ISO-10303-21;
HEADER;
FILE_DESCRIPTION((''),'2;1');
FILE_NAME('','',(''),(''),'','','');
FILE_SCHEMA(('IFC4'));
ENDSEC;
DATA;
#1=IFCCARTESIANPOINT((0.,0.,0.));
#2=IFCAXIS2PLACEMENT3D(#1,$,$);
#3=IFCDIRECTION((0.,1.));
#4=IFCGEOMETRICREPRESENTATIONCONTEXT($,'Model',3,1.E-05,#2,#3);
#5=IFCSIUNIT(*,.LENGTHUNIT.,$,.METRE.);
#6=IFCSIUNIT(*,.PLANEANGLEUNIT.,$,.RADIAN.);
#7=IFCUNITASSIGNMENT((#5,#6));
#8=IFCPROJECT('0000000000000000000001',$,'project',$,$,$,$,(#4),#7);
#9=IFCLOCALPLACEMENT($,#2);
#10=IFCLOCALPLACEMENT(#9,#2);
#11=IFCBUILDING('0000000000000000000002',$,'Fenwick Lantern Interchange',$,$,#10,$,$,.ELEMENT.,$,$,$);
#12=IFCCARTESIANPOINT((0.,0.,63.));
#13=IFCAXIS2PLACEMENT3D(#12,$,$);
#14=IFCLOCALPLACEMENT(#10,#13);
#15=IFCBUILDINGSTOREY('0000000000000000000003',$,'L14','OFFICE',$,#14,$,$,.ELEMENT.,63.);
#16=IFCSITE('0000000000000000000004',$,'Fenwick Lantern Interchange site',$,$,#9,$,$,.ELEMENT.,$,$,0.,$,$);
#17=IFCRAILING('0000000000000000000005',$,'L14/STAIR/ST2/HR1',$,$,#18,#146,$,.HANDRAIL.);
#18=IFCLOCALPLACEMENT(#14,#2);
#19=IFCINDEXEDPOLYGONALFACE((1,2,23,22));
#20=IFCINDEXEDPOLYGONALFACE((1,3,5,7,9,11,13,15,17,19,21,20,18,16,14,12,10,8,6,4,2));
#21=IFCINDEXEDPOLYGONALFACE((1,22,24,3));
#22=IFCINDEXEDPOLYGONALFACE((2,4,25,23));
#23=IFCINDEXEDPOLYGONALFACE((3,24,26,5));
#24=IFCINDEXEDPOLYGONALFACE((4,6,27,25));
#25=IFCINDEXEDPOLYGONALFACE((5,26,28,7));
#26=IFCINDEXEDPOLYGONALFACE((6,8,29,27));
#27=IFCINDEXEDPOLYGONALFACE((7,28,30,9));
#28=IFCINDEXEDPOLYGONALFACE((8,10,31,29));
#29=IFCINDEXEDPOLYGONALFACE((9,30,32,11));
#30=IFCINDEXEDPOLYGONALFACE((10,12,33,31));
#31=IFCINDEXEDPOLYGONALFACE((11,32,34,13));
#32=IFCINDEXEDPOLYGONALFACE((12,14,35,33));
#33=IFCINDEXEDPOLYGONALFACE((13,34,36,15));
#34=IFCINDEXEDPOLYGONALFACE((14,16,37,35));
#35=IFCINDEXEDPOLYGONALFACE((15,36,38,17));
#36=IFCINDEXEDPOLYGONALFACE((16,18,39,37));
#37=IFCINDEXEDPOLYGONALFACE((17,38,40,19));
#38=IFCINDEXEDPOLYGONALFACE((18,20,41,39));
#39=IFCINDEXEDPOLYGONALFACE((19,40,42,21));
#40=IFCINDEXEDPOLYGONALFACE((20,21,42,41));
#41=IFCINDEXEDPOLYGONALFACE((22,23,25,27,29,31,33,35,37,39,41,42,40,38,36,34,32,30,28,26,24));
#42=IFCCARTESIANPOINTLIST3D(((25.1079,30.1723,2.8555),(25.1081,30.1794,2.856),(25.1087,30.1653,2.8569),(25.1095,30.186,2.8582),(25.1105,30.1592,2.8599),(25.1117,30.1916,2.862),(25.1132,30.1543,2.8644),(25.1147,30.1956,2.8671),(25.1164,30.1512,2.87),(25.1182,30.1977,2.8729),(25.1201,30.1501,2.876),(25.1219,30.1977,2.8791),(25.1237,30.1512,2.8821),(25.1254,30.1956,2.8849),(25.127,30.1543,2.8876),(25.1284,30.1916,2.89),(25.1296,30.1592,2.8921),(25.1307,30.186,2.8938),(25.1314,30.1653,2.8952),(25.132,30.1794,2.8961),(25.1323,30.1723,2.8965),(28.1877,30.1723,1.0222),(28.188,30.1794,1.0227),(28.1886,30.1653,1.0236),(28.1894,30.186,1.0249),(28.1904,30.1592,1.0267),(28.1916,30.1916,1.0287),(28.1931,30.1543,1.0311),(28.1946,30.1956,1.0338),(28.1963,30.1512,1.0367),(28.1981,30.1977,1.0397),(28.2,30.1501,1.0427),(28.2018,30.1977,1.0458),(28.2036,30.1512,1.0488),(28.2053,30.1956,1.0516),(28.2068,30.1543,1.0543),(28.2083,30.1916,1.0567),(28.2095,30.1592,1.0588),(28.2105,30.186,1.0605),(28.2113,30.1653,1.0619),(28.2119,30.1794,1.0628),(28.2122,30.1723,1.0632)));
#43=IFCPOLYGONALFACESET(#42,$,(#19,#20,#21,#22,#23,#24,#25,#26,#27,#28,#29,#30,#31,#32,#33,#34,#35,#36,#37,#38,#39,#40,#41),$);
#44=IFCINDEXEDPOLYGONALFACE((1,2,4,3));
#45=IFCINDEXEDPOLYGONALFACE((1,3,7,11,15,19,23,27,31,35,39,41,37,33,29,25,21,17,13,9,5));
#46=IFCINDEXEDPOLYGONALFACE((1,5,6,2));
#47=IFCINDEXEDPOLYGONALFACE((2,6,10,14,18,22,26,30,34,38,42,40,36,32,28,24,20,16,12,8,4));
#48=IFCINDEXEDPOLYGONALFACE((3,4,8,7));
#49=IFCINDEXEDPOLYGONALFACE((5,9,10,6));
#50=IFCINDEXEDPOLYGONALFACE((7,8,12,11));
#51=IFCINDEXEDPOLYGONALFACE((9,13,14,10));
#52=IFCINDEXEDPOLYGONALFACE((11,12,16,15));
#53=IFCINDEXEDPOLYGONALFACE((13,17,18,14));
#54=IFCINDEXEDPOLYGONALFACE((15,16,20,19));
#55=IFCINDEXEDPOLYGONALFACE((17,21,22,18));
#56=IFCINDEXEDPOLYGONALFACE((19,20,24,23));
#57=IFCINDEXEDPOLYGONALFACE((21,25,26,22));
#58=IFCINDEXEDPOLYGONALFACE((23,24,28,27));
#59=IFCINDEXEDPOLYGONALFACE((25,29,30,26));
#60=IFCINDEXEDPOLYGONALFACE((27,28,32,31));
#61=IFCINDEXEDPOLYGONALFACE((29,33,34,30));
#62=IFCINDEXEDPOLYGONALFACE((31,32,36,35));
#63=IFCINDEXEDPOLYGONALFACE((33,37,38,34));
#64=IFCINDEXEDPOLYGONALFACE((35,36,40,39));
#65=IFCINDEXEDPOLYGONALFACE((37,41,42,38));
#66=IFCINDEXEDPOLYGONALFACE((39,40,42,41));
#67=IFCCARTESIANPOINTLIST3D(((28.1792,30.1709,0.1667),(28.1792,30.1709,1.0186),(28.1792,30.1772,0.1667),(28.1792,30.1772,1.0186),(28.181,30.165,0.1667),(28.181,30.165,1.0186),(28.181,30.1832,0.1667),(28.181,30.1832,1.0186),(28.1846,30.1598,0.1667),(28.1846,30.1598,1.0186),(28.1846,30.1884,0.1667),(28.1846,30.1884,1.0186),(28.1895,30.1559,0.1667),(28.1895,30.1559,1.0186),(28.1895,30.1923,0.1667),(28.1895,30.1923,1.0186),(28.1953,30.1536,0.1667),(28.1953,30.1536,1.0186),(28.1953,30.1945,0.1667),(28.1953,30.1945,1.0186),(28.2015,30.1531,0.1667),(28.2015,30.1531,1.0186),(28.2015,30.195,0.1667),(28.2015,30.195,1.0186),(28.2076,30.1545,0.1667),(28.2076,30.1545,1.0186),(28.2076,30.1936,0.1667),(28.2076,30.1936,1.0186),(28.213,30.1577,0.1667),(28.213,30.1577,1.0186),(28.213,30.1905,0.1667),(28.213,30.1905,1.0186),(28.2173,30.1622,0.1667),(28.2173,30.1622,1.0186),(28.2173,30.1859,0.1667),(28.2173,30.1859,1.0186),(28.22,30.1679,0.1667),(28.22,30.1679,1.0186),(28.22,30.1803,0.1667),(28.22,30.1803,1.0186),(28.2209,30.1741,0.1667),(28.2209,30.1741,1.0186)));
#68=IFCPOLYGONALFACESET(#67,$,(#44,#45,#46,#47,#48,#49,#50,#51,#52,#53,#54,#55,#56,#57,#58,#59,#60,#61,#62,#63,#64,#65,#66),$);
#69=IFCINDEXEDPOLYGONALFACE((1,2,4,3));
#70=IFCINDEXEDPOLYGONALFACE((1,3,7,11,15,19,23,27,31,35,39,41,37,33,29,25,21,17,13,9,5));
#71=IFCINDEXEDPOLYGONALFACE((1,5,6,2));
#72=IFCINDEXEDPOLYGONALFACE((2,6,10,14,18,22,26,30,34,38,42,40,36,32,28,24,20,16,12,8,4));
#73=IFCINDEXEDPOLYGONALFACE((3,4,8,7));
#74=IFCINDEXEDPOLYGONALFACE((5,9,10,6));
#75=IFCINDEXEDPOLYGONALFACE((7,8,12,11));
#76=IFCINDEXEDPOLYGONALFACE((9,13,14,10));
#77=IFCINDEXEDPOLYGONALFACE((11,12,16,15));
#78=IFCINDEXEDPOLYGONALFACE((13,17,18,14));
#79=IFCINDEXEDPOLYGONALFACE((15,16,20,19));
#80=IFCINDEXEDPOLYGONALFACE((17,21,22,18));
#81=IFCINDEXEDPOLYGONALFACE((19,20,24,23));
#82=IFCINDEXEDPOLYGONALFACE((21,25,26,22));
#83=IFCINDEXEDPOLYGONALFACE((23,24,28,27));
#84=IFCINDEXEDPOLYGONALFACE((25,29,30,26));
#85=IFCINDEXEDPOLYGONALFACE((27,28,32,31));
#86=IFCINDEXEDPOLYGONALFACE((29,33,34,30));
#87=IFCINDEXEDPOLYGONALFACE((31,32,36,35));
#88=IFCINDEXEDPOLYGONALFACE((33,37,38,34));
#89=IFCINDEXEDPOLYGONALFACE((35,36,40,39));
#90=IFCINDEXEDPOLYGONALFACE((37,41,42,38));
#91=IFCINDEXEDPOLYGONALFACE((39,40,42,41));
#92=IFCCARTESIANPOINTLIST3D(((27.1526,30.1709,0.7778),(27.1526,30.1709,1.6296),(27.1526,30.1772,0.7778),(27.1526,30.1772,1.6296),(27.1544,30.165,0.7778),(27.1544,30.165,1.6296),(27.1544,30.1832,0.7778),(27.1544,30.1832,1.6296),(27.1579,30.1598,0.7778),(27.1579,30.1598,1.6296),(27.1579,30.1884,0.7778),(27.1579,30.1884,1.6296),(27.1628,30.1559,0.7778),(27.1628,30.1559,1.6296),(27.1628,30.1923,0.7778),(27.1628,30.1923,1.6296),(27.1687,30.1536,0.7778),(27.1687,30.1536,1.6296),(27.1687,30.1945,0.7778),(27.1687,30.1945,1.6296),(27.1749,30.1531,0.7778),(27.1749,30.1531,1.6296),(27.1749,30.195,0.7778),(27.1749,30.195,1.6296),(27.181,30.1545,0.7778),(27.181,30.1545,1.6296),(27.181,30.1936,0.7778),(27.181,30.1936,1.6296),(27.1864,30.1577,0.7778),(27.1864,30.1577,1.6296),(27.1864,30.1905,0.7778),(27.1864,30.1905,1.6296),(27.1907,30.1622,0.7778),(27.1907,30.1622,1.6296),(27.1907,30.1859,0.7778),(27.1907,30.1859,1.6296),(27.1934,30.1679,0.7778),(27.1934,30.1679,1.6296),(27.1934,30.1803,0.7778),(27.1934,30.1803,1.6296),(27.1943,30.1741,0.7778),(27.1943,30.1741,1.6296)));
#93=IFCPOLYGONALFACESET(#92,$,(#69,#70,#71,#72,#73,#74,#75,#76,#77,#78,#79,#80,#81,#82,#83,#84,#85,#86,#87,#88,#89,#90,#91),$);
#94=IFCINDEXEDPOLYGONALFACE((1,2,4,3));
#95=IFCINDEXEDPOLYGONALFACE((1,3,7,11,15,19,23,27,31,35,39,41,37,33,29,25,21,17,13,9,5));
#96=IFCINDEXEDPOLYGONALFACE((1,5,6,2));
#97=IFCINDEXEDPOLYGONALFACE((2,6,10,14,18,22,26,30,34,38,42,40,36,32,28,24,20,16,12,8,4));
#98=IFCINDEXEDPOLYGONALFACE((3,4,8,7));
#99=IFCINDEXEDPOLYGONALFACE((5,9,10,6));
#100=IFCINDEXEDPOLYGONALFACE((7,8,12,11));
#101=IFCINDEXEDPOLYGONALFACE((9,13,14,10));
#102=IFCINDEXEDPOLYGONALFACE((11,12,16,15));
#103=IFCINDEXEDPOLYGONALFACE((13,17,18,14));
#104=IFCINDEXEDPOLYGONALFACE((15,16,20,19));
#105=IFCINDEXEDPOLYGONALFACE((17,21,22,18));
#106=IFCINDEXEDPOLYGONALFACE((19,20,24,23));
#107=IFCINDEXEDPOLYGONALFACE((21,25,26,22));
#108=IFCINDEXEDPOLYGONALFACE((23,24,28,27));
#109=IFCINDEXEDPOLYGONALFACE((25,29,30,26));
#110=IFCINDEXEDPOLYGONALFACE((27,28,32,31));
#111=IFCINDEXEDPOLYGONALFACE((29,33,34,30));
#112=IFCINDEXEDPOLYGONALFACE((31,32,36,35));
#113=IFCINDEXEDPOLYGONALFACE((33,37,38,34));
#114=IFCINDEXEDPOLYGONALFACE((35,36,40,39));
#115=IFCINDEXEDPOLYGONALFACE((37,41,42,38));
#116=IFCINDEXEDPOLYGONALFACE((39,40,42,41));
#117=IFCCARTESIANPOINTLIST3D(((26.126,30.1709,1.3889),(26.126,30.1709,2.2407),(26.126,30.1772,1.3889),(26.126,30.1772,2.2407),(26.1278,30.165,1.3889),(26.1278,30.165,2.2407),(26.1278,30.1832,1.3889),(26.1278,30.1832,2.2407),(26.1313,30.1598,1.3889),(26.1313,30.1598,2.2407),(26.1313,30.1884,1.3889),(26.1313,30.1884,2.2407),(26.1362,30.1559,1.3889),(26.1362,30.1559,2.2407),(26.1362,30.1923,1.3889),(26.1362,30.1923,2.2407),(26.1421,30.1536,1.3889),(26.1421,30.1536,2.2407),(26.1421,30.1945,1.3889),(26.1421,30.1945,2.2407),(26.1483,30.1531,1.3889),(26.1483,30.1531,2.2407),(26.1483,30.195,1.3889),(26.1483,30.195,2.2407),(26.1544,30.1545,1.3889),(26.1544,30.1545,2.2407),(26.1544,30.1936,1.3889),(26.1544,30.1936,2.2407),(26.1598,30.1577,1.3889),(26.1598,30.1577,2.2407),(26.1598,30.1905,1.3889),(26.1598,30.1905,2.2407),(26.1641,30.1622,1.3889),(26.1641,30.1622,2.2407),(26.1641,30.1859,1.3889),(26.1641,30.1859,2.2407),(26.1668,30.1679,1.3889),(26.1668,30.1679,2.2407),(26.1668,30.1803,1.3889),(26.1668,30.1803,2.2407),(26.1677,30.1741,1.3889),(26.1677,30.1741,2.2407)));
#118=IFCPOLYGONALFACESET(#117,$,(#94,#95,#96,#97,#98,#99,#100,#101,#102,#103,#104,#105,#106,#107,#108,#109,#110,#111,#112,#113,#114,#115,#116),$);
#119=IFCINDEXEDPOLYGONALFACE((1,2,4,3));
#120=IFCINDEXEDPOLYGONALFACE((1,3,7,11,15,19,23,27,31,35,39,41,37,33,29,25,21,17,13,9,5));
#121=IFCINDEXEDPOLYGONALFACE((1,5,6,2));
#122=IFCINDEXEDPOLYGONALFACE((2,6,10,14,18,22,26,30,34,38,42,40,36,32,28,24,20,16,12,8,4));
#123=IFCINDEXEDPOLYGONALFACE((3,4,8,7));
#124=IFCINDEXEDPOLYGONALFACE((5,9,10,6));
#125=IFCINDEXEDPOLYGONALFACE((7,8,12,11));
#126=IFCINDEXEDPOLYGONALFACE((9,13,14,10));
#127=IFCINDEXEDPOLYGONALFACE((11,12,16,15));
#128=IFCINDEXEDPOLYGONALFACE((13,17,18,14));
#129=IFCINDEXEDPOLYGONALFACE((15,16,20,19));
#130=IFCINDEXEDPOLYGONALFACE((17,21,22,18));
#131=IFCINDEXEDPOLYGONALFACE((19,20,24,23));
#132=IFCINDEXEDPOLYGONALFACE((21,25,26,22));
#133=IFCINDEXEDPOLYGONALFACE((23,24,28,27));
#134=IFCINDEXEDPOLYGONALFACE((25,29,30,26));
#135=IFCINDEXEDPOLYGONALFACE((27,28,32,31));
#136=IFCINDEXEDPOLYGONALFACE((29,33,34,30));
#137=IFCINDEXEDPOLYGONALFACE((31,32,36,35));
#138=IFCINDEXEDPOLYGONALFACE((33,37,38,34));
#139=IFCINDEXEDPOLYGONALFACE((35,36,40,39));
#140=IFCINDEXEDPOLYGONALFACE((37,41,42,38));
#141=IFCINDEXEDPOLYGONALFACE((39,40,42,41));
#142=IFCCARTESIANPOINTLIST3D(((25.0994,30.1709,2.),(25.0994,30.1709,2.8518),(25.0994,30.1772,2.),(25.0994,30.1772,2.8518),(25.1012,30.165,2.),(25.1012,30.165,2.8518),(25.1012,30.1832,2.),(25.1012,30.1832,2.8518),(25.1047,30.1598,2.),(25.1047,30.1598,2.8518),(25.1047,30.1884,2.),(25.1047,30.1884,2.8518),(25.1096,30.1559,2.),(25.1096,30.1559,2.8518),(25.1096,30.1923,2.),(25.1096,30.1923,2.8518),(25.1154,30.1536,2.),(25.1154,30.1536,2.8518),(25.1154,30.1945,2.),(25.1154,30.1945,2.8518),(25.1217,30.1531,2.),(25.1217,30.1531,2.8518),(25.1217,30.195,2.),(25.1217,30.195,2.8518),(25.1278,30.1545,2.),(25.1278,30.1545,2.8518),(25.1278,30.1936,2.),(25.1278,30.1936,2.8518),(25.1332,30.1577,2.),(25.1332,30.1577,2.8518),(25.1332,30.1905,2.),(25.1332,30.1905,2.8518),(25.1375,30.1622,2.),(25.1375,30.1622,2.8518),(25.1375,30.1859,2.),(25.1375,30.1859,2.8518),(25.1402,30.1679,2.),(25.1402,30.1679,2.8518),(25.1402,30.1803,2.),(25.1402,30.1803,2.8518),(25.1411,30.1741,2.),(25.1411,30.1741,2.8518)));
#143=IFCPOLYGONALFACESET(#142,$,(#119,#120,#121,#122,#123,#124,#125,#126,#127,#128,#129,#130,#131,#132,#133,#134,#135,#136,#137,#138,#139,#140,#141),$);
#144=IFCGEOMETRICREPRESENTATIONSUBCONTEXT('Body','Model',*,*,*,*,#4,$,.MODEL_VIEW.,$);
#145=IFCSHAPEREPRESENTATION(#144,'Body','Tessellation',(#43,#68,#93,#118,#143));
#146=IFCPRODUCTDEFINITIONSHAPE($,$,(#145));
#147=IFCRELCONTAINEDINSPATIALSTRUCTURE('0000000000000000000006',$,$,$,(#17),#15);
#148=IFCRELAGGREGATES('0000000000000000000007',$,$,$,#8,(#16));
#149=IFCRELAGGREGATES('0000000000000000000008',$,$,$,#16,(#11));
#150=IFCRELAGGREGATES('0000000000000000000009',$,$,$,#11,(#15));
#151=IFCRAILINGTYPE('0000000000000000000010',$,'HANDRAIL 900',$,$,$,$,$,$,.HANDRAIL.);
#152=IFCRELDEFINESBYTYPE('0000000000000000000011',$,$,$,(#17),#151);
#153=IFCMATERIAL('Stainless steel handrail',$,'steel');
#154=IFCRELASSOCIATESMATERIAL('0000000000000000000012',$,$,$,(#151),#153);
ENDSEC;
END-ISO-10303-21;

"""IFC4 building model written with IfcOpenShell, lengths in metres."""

from ifc_helpers import new_model, si_unit, direction, frame, origin, origin_2d, place, context, subcontext, project, spatial, circle, extrude, material, type_object, element, save


model = new_model("IFC4")

# Units and contexts
model_context = context("Model", 3, precision=1e-05, world=origin(), true_north=direction((0.0, 1.0)))
body_context = subcontext(model_context, "Body", "Model", "MODEL_VIEW")
ifc_project = project(units=[si_unit("LENGTHUNIT", "METRE"), si_unit("PLANEANGLEUNIT", "RADIAN")], contexts=[model_context])

# Site, building, storey
site_placement = place(None, origin())
site = spatial("IfcSite", under=ifc_project, at=site_placement, Name="Fenwick Lantern Interchange site", CompositionType="ELEMENT", RefElevation=0.0)
building_placement = place(site_placement, origin())
building = spatial("IfcBuilding", under=site, at=building_placement, Name="Fenwick Lantern Interchange", CompositionType="ELEMENT")
storey_placement = place(building_placement, frame((0.0, 0.0, 63.0)))
storey = spatial("IfcBuildingStorey", under=building, at=storey_placement, Name="L14", Description="OFFICE", CompositionType="ELEMENT", Elevation=63.0)

# Railing
ifc_material_1 = material(Name="Stainless steel handrail", Category="steel")
railing_type = type_object("IfcRailingType", Name="HANDRAIL 900", PredefinedType="HANDRAIL", material=ifc_material_1)
railing_1_placement = place(storey_placement, frame((28.2, 30.1741, 0.1667)))
element("IfcRailing", 1, at=railing_1_placement, inside=storey, type_object=railing_type, Name="L14/STAIR/ST2/HR1", PredefinedType="HANDRAIL", context=body_context, shape_type="SweptSolid", body=[
    extrude(circle(Radius=0.0239, at=origin_2d()), frame((0.0, 0.0, 0.876), z_axis=(-0.859291, 0.0, 0.511487), x_axis=(0.0, -1.0, 0.0)), (0.0, 0.0, 1.0), 3.5842),
    extrude(circle(Radius=0.021, at=origin_2d()), origin(), (0.0, 0.0, 1.0), 0.8518),
    extrude(circle(Radius=0.021, at=origin_2d()), frame((-1.0266, 0.0, 0.6111)), (0.0, 0.0, 1.0), 0.8518),
    extrude(circle(Radius=0.021, at=origin_2d()), frame((-2.0532, 0.0, 1.2222)), (0.0, 0.0, 1.0), 0.8518),
    extrude(circle(Radius=0.021, at=origin_2d()), frame((-3.0798, 0.0, 1.8333)), (0.0, 0.0, 1.0), 0.8518),
])

save(model, "model.ifc")
